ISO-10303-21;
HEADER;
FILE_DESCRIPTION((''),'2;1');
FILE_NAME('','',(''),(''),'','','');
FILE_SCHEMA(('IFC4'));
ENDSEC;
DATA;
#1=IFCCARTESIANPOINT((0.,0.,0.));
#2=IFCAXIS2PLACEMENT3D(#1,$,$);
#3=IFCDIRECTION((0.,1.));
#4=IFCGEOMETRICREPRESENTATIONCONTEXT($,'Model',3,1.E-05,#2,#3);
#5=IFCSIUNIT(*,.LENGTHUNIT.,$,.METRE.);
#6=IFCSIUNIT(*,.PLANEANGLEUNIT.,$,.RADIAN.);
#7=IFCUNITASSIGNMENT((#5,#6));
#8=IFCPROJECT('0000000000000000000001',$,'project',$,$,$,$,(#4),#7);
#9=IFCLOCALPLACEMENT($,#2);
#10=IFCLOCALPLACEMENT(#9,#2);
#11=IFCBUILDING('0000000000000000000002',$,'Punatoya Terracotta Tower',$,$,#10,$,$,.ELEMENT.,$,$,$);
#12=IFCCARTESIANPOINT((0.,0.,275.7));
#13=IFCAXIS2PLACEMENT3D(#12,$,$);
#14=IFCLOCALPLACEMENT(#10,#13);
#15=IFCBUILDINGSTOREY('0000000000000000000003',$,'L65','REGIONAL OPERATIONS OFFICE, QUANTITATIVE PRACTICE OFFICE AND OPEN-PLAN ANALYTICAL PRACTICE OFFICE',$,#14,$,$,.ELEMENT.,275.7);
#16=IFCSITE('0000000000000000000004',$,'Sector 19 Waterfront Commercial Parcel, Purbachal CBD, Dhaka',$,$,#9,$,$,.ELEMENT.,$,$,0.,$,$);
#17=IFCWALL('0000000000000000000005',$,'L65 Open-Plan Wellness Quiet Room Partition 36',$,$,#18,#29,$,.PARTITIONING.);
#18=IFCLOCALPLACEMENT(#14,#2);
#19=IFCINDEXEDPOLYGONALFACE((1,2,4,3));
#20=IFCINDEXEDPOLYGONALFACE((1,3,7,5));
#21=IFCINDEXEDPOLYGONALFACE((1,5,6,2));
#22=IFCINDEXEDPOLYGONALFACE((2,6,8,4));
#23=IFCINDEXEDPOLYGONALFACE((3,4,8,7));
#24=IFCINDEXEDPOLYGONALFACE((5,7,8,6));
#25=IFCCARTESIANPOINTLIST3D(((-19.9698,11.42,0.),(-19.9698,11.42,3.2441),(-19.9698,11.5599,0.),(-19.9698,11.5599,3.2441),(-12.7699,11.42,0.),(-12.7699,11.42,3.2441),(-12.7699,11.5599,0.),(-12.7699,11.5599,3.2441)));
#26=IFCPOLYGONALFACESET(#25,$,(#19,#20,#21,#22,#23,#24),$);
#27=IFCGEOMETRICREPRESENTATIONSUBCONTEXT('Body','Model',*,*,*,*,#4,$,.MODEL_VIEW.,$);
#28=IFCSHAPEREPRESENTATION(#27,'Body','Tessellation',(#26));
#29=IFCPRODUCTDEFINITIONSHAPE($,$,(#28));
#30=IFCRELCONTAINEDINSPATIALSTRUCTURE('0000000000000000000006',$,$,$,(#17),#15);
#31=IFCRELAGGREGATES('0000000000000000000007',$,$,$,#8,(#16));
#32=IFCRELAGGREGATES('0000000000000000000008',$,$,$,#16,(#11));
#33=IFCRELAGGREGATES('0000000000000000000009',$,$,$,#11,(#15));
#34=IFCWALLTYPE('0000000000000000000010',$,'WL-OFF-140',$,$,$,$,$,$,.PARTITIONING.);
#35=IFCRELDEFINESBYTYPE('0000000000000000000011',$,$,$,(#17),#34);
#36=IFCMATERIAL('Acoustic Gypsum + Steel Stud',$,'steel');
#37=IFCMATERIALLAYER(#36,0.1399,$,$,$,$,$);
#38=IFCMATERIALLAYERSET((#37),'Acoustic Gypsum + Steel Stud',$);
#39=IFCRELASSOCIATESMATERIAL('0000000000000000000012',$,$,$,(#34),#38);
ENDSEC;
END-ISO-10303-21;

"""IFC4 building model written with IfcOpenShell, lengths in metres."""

from ifc_helpers import new_model, si_unit, direction, frame, frame_2d, origin, place, context, subcontext, project, spatial, rectangle, extrude, material, layer, layer_set, type_object, element, save


model = new_model("IFC4")

# Units and contexts
model_context = context("Model", 3, precision=1e-05, world=origin(), true_north=direction((0.0, 1.0)))
body_context = subcontext(model_context, "Body", "Model", "MODEL_VIEW")
ifc_project = project(units=[si_unit("LENGTHUNIT", "METRE"), si_unit("PLANEANGLEUNIT", "RADIAN")], contexts=[model_context])

# Site, building, storey
site_placement = place(None, origin())
site = spatial("IfcSite", under=ifc_project, at=site_placement, Name="Sector 19 Waterfront Commercial Parcel, Purbachal CBD, Dhaka", CompositionType="ELEMENT", RefElevation=0.0)
building_placement = place(site_placement, origin())
building = spatial("IfcBuilding", under=site, at=building_placement, Name="Punatoya Terracotta Tower", CompositionType="ELEMENT")
storey_placement = place(building_placement, frame((0.0, 0.0, 275.7)))
storey = spatial("IfcBuildingStorey", under=building, at=storey_placement, Name="L65", Description="REGIONAL OPERATIONS OFFICE, QUANTITATIVE PRACTICE OFFICE AND OPEN-PLAN ANALYTICAL PRACTICE OFFICE", CompositionType="ELEMENT", Elevation=275.7)

# Wall
ifc_material_1 = material(Name="Acoustic Gypsum + Steel Stud", Category="steel")
ifc_layer_1 = layer(ifc_material_1, 0.1399)
ifc_layer_set_1 = layer_set([ifc_layer_1], Name="Acoustic Gypsum + Steel Stud")
wall_type_1 = type_object("IfcWallType", Name="WL-OFF-140", PredefinedType="PARTITIONING", material=ifc_layer_set_1)
wall_1_placement = place(storey_placement, frame((-19.97, 11.49, 0.0), z_axis=(0.0, 0.0, 1.0), x_axis=(1.0, 0.0, 0.0)))
element("IfcWall", 1, at=wall_1_placement, inside=storey, type_object=wall_type_1, Name="L65 Open-Plan Wellness Quiet Room Partition 36", PredefinedType="PARTITIONING", context=body_context, shape_type="SweptSolid", body=[
    extrude(rectangle(XDim=7.2, YDim=0.1399, at=frame_2d((3.6001, 0.0))), origin(), (0.0, 0.0, 1.0), 3.2441),
])

save(model, "model.ifc")
